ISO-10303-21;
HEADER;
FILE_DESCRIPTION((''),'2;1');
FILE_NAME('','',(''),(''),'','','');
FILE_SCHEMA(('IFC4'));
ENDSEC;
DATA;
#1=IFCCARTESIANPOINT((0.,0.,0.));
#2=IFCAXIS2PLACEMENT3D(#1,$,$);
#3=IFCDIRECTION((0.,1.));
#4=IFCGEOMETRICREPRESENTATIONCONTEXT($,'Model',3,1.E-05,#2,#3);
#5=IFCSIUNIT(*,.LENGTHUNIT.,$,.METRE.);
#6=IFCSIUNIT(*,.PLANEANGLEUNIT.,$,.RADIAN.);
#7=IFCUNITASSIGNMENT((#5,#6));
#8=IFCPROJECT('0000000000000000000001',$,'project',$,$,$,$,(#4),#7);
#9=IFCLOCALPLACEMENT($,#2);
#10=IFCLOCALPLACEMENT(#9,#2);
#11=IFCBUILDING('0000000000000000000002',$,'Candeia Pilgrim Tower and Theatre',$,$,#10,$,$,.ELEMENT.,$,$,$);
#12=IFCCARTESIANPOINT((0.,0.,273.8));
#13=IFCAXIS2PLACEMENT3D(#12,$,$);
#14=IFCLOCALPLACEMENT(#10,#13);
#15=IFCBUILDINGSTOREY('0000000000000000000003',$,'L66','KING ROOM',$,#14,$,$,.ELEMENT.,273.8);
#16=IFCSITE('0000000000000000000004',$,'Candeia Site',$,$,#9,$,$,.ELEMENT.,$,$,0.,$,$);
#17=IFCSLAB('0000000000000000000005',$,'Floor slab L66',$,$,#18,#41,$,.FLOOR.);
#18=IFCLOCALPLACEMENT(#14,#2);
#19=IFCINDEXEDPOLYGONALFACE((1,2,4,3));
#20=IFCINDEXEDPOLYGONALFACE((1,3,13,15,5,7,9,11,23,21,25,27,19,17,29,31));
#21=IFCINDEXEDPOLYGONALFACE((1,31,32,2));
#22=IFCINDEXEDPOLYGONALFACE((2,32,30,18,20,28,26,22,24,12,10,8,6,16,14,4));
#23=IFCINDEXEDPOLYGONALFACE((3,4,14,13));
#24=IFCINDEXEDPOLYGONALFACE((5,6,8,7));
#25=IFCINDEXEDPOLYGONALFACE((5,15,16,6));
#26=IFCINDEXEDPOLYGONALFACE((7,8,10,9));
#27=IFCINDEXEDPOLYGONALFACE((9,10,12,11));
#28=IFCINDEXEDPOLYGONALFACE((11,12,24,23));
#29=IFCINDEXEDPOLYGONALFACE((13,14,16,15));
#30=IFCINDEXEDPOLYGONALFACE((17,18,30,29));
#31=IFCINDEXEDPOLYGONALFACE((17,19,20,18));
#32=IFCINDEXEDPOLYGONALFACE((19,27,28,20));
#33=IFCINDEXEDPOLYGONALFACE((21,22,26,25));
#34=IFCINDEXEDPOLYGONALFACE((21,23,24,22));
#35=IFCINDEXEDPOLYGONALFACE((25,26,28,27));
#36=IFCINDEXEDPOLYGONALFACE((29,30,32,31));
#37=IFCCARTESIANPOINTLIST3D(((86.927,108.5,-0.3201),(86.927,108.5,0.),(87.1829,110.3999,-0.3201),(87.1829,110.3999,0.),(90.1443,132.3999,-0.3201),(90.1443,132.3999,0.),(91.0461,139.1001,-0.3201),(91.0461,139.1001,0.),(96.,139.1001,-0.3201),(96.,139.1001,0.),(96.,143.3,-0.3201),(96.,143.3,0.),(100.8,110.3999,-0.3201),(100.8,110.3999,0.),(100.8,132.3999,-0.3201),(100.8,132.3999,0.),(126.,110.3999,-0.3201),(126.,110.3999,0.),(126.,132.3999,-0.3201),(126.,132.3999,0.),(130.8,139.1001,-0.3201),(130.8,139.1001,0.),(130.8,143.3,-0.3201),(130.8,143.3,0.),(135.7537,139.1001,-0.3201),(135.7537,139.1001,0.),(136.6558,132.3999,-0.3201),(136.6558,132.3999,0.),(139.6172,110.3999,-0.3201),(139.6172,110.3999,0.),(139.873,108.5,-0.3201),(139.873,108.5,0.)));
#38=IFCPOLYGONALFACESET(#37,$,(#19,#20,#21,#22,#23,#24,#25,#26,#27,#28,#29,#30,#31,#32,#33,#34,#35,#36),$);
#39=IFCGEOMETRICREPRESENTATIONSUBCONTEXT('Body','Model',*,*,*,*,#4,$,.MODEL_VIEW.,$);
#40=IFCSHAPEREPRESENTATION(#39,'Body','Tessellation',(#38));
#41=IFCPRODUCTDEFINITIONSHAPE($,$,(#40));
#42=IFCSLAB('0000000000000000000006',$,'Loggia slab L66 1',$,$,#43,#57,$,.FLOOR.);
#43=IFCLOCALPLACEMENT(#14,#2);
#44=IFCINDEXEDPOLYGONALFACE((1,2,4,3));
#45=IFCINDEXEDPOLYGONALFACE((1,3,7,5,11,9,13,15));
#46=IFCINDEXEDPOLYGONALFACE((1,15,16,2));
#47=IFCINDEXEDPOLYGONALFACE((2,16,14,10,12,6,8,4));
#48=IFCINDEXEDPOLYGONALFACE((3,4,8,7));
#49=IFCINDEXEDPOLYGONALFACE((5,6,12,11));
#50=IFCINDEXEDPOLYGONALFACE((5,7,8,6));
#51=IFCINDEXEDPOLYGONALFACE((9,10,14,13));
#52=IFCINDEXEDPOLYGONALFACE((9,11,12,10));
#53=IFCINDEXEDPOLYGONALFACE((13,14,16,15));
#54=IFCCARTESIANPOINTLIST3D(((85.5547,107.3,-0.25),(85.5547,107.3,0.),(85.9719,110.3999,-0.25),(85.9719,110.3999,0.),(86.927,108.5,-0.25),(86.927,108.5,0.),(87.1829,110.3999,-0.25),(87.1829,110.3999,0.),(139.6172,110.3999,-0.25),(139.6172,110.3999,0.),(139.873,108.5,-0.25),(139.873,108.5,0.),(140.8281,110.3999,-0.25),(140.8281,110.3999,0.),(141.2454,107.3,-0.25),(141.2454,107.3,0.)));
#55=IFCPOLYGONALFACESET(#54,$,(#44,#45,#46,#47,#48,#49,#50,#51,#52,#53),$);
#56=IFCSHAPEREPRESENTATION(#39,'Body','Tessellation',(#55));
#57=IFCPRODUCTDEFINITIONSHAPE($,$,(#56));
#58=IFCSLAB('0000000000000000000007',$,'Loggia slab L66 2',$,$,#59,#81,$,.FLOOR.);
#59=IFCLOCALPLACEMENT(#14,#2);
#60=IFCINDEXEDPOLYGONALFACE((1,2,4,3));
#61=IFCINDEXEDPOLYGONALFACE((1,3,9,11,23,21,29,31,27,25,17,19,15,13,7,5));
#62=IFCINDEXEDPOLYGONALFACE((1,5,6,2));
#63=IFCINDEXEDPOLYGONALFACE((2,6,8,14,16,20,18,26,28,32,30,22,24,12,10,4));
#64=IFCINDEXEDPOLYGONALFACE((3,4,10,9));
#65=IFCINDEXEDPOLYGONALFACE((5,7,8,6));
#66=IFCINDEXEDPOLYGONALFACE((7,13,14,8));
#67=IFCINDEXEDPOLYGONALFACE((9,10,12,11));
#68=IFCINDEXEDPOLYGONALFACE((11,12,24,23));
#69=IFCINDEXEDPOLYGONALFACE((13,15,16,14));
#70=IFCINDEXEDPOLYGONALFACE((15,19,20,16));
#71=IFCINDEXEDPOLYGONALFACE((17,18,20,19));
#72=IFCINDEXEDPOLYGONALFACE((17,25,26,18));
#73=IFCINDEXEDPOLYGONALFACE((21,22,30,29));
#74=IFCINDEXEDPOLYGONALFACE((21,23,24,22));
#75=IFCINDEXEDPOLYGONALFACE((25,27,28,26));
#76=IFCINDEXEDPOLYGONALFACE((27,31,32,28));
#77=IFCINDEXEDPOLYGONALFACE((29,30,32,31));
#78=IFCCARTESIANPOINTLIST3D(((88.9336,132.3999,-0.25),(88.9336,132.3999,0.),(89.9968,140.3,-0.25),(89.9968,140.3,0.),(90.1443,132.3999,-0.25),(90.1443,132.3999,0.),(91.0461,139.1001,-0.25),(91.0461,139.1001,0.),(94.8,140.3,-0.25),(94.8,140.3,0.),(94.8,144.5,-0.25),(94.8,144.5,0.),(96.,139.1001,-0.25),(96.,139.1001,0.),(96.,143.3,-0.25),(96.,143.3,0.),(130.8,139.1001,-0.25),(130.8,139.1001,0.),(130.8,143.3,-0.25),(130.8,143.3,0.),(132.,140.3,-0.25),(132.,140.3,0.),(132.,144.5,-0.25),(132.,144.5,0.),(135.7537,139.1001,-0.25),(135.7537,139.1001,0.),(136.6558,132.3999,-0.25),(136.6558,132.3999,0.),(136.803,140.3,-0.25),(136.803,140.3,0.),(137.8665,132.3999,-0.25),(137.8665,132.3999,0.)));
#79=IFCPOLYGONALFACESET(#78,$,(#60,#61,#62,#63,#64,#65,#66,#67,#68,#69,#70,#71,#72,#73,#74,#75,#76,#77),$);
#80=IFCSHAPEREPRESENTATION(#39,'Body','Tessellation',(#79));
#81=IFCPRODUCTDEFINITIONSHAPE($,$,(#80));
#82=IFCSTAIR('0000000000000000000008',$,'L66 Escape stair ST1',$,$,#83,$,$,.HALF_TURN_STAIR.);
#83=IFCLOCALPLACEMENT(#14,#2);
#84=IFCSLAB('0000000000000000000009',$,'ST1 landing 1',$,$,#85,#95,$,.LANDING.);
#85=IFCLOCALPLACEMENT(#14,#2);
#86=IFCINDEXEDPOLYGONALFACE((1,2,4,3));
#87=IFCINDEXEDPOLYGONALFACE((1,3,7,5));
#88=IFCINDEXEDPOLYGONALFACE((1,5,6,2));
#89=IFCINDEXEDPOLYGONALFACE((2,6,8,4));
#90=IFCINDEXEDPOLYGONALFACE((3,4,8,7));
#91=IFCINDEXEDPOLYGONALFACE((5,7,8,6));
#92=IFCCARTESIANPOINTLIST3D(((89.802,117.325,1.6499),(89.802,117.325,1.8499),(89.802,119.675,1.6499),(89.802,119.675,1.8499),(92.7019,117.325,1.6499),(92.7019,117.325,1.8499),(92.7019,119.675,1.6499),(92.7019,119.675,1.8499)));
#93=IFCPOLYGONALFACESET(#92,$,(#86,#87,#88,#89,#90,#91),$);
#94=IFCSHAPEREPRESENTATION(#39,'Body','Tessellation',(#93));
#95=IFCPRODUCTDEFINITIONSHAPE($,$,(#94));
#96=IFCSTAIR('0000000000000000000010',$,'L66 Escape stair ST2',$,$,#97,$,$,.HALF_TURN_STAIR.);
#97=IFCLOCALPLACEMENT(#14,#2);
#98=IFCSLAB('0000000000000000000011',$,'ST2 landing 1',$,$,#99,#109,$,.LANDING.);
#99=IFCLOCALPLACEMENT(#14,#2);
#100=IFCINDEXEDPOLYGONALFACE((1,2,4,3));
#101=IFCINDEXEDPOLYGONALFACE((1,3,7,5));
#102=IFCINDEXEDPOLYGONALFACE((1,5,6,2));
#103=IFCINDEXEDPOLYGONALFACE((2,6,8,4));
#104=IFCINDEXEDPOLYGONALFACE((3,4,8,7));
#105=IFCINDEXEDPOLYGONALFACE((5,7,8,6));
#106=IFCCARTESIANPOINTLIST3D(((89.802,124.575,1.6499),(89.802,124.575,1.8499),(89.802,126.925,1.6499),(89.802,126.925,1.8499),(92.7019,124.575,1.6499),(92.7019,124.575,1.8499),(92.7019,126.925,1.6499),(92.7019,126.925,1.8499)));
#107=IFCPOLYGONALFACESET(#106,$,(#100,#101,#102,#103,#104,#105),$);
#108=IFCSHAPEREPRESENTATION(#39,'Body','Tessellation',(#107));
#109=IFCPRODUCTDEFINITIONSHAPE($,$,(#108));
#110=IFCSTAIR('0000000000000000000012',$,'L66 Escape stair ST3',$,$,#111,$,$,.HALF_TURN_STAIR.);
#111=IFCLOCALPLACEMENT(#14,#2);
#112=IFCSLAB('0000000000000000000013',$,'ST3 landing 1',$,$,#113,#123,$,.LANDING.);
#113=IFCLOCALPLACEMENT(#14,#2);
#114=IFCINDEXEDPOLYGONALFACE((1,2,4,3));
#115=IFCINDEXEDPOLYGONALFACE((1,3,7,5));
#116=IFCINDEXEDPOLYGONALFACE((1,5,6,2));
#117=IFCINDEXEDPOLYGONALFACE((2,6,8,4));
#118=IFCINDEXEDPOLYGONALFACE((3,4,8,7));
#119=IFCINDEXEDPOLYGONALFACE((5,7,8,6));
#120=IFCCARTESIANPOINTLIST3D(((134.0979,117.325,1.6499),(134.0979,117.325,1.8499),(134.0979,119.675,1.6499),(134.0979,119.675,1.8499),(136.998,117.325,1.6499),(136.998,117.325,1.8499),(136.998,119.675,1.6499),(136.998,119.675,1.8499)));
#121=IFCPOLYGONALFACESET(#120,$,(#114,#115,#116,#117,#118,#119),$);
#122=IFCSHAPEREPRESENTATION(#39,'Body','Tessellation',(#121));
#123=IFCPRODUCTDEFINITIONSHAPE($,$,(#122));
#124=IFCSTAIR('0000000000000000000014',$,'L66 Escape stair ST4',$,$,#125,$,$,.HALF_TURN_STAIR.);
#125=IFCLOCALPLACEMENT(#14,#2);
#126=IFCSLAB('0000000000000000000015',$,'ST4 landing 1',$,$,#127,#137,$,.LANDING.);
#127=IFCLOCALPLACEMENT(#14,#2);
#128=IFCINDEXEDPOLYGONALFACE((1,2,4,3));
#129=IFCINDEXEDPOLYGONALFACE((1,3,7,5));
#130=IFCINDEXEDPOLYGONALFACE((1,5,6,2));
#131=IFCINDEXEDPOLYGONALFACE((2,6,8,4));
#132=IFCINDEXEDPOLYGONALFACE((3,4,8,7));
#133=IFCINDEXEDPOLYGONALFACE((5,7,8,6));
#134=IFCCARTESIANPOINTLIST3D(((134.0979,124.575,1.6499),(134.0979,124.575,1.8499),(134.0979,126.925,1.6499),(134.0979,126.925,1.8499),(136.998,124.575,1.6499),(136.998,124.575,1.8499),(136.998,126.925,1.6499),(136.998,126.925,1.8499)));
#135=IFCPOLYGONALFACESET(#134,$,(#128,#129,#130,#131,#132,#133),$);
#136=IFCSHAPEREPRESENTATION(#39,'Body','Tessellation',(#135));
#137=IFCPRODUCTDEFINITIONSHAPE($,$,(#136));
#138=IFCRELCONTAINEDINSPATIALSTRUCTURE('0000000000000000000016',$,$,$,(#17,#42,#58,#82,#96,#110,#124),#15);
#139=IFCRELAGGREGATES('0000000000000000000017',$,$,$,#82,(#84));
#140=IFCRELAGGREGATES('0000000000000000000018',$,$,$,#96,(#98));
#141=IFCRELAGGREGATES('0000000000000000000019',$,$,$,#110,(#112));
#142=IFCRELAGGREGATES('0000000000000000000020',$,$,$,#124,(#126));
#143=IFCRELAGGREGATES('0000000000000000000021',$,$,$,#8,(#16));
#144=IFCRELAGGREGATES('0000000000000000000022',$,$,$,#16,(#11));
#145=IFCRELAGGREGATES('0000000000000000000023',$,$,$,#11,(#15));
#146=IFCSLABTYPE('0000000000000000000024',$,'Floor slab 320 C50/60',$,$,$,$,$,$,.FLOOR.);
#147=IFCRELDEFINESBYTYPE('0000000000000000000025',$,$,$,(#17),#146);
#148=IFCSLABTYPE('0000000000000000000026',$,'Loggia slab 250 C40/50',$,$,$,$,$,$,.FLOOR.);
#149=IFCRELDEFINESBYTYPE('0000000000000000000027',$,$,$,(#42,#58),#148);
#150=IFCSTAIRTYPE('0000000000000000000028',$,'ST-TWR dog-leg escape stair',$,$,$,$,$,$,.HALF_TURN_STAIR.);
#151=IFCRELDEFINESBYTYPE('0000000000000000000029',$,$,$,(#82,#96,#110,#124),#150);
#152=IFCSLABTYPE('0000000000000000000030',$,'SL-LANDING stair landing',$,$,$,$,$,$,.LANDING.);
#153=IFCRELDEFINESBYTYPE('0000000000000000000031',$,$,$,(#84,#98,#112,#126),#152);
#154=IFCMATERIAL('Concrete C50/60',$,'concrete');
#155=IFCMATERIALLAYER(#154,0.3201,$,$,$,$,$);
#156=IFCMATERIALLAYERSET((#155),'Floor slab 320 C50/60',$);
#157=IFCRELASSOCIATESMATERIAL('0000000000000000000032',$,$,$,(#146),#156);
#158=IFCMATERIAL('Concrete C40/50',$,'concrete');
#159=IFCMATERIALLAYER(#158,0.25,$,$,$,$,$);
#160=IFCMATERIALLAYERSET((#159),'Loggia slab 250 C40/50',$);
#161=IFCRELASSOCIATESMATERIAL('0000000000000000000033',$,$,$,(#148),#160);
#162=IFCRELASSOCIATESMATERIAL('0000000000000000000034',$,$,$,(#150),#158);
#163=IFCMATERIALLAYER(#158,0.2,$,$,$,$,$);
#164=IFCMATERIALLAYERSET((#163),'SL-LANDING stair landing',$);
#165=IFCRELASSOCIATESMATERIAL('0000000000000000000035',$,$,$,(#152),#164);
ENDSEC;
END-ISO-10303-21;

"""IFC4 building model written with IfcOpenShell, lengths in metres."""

from ifc_helpers import new_model, si_unit, direction, frame, origin, place, context, subcontext, project, spatial, polyline, outline, extrude, material, layer, layer_set, type_object, element, aggregate, save


model = new_model("IFC4")

# Units and contexts
model_context = context("Model", 3, precision=1e-05, world=origin(), true_north=direction((0.0, 1.0)))
body_context = subcontext(model_context, "Body", "Model", "MODEL_VIEW")
ifc_project = project(units=[si_unit("LENGTHUNIT", "METRE"), si_unit("PLANEANGLEUNIT", "RADIAN")], contexts=[model_context])

# Site, building, storey
site_placement = place(None, origin())
site = spatial("IfcSite", under=ifc_project, at=site_placement, Name="Candeia Site", CompositionType="ELEMENT", RefElevation=0.0)
building_placement = place(site_placement, origin())
building = spatial("IfcBuilding", under=site, at=building_placement, Name="Candeia Pilgrim Tower and Theatre", CompositionType="ELEMENT")
storey_placement = place(building_placement, frame((0.0, 0.0, 273.8)))
storey = spatial("IfcBuildingStorey", under=building, at=storey_placement, Name="L66", Description="KING ROOM", CompositionType="ELEMENT", Elevation=273.8)

# Shared definitions
ifc_material_1 = material(Name="Concrete C40/50", Category="concrete")

# Slabs
ifc_material_2 = material(Name="Concrete C50/60", Category="concrete")
ifc_layer_1 = layer(ifc_material_2, 0.3201)
ifc_layer_set_1 = layer_set([ifc_layer_1], Name="Floor slab 320 C50/60")
slab_type_1 = type_object("IfcSlabType", Name="Floor slab 320 C50/60", PredefinedType="FLOOR", material=ifc_layer_set_1)
slab_1_placement = place(storey_placement, frame((0.0, 0.0, -0.3201)))
element("IfcSlab", 1, at=slab_1_placement, inside=storey, type_object=slab_type_1, Name="Floor slab L66", PredefinedType="FLOOR", context=body_context, shape_type="SweptSolid", body=[
    extrude(outline(polyline([(96.0, 139.1001), (96.0, 143.3), (130.8, 143.3), (130.8, 139.1001), (135.7537, 139.1001), (136.6558, 132.3999), (126.0, 132.3999), (126.0, 110.3999), (139.6172, 110.3999), (139.873, 108.5), (86.927, 108.5), (87.1829, 110.3999), (100.8, 110.3999), (100.8, 132.3999), (90.1443, 132.3999), (91.0461, 139.1001), (96.0, 139.1001)])), origin(), (0.0, 0.0, 1.0), 0.3201),
])
ifc_layer_2 = layer(ifc_material_1, 0.25)
ifc_layer_set_2 = layer_set([ifc_layer_2], Name="Loggia slab 250 C40/50")
slab_type_2 = type_object("IfcSlabType", Name="Loggia slab 250 C40/50", PredefinedType="FLOOR", material=ifc_layer_set_2)
slab_2_placement = place(storey_placement, frame((0.0, 0.0, -0.25)))
element("IfcSlab", 2, at=slab_2_placement, inside=storey, type_object=slab_type_2, Name="Loggia slab L66 1", PredefinedType="FLOOR", context=body_context, shape_type="SweptSolid", body=[
    extrude(outline(polyline([(86.927, 108.5), (139.873, 108.5), (139.6172, 110.3999), (140.8281, 110.3999), (141.2454, 107.3), (85.5547, 107.3), (85.9719, 110.3999), (87.1829, 110.3999), (86.927, 108.5)])), origin(), (0.0, 0.0, 1.0), 0.25),
])
slab_3_placement = place(storey_placement, frame((0.0, 0.0, -0.25)))
element("IfcSlab", 3, at=slab_3_placement, inside=storey, type_object=slab_type_2, Name="Loggia slab L66 2", PredefinedType="FLOOR", context=body_context, shape_type="SweptSolid", body=[
    extrude(outline(polyline([(136.6558, 132.3999), (135.7537, 139.1001), (130.8, 139.1001), (130.8, 143.3), (96.0, 143.3), (96.0, 139.1001), (91.0461, 139.1001), (90.1443, 132.3999), (88.9336, 132.3999), (89.9968, 140.3), (94.8, 140.3), (94.8, 144.5), (132.0, 144.5), (132.0, 140.3), (136.803, 140.3), (137.8665, 132.3999), (136.6558, 132.3999)])), origin(), (0.0, 0.0, 1.0), 0.25),
])

# Stairs, slabs
stair_type = type_object("IfcStairType", Name="ST-TWR dog-leg escape stair", PredefinedType="HALF_TURN_STAIR", material=ifc_material_1)
stair_1_placement = place(storey_placement, origin())
stair_1 = element("IfcStair", 4, at=stair_1_placement, inside=storey, type_object=stair_type, Name="L66 Escape stair ST1", PredefinedType="HALF_TURN_STAIR")
ifc_layer_3 = layer(ifc_material_1, 0.2)
ifc_layer_set_3 = layer_set([ifc_layer_3], Name="SL-LANDING stair landing")
slab_type_3 = type_object("IfcSlabType", Name="SL-LANDING stair landing", PredefinedType="LANDING", material=ifc_layer_set_3)
slab_4_placement = place(storey_placement, frame((0.0, 0.0, 1.6499)))
slab_4 = element("IfcSlab", 5, at=slab_4_placement, type_object=slab_type_3, Name="ST1 landing 1", PredefinedType="LANDING", context=body_context, shape_type="SweptSolid", body=[
    extrude(outline(polyline([(89.802, 119.675), (89.802, 117.325), (92.7019, 117.325), (92.7019, 119.675), (89.802, 119.675)])), origin(), (0.0, 0.0, 1.0), 0.2),
])
aggregate(stair_1, [slab_4])
stair_2_placement = place(storey_placement, origin())
stair_2 = element("IfcStair", 6, at=stair_2_placement, inside=storey, type_object=stair_type, Name="L66 Escape stair ST2", PredefinedType="HALF_TURN_STAIR")
slab_5_placement = place(storey_placement, frame((0.0, 0.0, 1.6499)))
slab_5 = element("IfcSlab", 7, at=slab_5_placement, type_object=slab_type_3, Name="ST2 landing 1", PredefinedType="LANDING", context=body_context, shape_type="SweptSolid", body=[
    extrude(outline(polyline([(89.802, 126.925), (89.802, 124.575), (92.7019, 124.575), (92.7019, 126.925), (89.802, 126.925)])), origin(), (0.0, 0.0, 1.0), 0.2),
])
aggregate(stair_2, [slab_5])
stair_3_placement = place(storey_placement, origin())
stair_3 = element("IfcStair", 8, at=stair_3_placement, inside=storey, type_object=stair_type, Name="L66 Escape stair ST3", PredefinedType="HALF_TURN_STAIR")
slab_6_placement = place(storey_placement, frame((0.0, 0.0, 1.6499)))
slab_6 = element("IfcSlab", 9, at=slab_6_placement, type_object=slab_type_3, Name="ST3 landing 1", PredefinedType="LANDING", context=body_context, shape_type="SweptSolid", body=[
    extrude(outline(polyline([(134.0979, 119.675), (134.0979, 117.325), (136.998, 117.325), (136.998, 119.675), (134.0979, 119.675)])), origin(), (0.0, 0.0, 1.0), 0.2),
])
aggregate(stair_3, [slab_6])
stair_4_placement = place(storey_placement, origin())
stair_4 = element("IfcStair", 10, at=stair_4_placement, inside=storey, type_object=stair_type, Name="L66 Escape stair ST4", PredefinedType="HALF_TURN_STAIR")
slab_7_placement = place(storey_placement, frame((0.0, 0.0, 1.6499)))
slab_7 = element("IfcSlab", 11, at=slab_7_placement, type_object=slab_type_3, Name="ST4 landing 1", PredefinedType="LANDING", context=body_context, shape_type="SweptSolid", body=[
    extrude(outline(polyline([(134.0979, 126.925), (134.0979, 124.575), (136.998, 124.575), (136.998, 126.925), (134.0979, 126.925)])), origin(), (0.0, 0.0, 1.0), 0.2),
])
aggregate(stair_4, [slab_7])

save(model, "model.ifc")
